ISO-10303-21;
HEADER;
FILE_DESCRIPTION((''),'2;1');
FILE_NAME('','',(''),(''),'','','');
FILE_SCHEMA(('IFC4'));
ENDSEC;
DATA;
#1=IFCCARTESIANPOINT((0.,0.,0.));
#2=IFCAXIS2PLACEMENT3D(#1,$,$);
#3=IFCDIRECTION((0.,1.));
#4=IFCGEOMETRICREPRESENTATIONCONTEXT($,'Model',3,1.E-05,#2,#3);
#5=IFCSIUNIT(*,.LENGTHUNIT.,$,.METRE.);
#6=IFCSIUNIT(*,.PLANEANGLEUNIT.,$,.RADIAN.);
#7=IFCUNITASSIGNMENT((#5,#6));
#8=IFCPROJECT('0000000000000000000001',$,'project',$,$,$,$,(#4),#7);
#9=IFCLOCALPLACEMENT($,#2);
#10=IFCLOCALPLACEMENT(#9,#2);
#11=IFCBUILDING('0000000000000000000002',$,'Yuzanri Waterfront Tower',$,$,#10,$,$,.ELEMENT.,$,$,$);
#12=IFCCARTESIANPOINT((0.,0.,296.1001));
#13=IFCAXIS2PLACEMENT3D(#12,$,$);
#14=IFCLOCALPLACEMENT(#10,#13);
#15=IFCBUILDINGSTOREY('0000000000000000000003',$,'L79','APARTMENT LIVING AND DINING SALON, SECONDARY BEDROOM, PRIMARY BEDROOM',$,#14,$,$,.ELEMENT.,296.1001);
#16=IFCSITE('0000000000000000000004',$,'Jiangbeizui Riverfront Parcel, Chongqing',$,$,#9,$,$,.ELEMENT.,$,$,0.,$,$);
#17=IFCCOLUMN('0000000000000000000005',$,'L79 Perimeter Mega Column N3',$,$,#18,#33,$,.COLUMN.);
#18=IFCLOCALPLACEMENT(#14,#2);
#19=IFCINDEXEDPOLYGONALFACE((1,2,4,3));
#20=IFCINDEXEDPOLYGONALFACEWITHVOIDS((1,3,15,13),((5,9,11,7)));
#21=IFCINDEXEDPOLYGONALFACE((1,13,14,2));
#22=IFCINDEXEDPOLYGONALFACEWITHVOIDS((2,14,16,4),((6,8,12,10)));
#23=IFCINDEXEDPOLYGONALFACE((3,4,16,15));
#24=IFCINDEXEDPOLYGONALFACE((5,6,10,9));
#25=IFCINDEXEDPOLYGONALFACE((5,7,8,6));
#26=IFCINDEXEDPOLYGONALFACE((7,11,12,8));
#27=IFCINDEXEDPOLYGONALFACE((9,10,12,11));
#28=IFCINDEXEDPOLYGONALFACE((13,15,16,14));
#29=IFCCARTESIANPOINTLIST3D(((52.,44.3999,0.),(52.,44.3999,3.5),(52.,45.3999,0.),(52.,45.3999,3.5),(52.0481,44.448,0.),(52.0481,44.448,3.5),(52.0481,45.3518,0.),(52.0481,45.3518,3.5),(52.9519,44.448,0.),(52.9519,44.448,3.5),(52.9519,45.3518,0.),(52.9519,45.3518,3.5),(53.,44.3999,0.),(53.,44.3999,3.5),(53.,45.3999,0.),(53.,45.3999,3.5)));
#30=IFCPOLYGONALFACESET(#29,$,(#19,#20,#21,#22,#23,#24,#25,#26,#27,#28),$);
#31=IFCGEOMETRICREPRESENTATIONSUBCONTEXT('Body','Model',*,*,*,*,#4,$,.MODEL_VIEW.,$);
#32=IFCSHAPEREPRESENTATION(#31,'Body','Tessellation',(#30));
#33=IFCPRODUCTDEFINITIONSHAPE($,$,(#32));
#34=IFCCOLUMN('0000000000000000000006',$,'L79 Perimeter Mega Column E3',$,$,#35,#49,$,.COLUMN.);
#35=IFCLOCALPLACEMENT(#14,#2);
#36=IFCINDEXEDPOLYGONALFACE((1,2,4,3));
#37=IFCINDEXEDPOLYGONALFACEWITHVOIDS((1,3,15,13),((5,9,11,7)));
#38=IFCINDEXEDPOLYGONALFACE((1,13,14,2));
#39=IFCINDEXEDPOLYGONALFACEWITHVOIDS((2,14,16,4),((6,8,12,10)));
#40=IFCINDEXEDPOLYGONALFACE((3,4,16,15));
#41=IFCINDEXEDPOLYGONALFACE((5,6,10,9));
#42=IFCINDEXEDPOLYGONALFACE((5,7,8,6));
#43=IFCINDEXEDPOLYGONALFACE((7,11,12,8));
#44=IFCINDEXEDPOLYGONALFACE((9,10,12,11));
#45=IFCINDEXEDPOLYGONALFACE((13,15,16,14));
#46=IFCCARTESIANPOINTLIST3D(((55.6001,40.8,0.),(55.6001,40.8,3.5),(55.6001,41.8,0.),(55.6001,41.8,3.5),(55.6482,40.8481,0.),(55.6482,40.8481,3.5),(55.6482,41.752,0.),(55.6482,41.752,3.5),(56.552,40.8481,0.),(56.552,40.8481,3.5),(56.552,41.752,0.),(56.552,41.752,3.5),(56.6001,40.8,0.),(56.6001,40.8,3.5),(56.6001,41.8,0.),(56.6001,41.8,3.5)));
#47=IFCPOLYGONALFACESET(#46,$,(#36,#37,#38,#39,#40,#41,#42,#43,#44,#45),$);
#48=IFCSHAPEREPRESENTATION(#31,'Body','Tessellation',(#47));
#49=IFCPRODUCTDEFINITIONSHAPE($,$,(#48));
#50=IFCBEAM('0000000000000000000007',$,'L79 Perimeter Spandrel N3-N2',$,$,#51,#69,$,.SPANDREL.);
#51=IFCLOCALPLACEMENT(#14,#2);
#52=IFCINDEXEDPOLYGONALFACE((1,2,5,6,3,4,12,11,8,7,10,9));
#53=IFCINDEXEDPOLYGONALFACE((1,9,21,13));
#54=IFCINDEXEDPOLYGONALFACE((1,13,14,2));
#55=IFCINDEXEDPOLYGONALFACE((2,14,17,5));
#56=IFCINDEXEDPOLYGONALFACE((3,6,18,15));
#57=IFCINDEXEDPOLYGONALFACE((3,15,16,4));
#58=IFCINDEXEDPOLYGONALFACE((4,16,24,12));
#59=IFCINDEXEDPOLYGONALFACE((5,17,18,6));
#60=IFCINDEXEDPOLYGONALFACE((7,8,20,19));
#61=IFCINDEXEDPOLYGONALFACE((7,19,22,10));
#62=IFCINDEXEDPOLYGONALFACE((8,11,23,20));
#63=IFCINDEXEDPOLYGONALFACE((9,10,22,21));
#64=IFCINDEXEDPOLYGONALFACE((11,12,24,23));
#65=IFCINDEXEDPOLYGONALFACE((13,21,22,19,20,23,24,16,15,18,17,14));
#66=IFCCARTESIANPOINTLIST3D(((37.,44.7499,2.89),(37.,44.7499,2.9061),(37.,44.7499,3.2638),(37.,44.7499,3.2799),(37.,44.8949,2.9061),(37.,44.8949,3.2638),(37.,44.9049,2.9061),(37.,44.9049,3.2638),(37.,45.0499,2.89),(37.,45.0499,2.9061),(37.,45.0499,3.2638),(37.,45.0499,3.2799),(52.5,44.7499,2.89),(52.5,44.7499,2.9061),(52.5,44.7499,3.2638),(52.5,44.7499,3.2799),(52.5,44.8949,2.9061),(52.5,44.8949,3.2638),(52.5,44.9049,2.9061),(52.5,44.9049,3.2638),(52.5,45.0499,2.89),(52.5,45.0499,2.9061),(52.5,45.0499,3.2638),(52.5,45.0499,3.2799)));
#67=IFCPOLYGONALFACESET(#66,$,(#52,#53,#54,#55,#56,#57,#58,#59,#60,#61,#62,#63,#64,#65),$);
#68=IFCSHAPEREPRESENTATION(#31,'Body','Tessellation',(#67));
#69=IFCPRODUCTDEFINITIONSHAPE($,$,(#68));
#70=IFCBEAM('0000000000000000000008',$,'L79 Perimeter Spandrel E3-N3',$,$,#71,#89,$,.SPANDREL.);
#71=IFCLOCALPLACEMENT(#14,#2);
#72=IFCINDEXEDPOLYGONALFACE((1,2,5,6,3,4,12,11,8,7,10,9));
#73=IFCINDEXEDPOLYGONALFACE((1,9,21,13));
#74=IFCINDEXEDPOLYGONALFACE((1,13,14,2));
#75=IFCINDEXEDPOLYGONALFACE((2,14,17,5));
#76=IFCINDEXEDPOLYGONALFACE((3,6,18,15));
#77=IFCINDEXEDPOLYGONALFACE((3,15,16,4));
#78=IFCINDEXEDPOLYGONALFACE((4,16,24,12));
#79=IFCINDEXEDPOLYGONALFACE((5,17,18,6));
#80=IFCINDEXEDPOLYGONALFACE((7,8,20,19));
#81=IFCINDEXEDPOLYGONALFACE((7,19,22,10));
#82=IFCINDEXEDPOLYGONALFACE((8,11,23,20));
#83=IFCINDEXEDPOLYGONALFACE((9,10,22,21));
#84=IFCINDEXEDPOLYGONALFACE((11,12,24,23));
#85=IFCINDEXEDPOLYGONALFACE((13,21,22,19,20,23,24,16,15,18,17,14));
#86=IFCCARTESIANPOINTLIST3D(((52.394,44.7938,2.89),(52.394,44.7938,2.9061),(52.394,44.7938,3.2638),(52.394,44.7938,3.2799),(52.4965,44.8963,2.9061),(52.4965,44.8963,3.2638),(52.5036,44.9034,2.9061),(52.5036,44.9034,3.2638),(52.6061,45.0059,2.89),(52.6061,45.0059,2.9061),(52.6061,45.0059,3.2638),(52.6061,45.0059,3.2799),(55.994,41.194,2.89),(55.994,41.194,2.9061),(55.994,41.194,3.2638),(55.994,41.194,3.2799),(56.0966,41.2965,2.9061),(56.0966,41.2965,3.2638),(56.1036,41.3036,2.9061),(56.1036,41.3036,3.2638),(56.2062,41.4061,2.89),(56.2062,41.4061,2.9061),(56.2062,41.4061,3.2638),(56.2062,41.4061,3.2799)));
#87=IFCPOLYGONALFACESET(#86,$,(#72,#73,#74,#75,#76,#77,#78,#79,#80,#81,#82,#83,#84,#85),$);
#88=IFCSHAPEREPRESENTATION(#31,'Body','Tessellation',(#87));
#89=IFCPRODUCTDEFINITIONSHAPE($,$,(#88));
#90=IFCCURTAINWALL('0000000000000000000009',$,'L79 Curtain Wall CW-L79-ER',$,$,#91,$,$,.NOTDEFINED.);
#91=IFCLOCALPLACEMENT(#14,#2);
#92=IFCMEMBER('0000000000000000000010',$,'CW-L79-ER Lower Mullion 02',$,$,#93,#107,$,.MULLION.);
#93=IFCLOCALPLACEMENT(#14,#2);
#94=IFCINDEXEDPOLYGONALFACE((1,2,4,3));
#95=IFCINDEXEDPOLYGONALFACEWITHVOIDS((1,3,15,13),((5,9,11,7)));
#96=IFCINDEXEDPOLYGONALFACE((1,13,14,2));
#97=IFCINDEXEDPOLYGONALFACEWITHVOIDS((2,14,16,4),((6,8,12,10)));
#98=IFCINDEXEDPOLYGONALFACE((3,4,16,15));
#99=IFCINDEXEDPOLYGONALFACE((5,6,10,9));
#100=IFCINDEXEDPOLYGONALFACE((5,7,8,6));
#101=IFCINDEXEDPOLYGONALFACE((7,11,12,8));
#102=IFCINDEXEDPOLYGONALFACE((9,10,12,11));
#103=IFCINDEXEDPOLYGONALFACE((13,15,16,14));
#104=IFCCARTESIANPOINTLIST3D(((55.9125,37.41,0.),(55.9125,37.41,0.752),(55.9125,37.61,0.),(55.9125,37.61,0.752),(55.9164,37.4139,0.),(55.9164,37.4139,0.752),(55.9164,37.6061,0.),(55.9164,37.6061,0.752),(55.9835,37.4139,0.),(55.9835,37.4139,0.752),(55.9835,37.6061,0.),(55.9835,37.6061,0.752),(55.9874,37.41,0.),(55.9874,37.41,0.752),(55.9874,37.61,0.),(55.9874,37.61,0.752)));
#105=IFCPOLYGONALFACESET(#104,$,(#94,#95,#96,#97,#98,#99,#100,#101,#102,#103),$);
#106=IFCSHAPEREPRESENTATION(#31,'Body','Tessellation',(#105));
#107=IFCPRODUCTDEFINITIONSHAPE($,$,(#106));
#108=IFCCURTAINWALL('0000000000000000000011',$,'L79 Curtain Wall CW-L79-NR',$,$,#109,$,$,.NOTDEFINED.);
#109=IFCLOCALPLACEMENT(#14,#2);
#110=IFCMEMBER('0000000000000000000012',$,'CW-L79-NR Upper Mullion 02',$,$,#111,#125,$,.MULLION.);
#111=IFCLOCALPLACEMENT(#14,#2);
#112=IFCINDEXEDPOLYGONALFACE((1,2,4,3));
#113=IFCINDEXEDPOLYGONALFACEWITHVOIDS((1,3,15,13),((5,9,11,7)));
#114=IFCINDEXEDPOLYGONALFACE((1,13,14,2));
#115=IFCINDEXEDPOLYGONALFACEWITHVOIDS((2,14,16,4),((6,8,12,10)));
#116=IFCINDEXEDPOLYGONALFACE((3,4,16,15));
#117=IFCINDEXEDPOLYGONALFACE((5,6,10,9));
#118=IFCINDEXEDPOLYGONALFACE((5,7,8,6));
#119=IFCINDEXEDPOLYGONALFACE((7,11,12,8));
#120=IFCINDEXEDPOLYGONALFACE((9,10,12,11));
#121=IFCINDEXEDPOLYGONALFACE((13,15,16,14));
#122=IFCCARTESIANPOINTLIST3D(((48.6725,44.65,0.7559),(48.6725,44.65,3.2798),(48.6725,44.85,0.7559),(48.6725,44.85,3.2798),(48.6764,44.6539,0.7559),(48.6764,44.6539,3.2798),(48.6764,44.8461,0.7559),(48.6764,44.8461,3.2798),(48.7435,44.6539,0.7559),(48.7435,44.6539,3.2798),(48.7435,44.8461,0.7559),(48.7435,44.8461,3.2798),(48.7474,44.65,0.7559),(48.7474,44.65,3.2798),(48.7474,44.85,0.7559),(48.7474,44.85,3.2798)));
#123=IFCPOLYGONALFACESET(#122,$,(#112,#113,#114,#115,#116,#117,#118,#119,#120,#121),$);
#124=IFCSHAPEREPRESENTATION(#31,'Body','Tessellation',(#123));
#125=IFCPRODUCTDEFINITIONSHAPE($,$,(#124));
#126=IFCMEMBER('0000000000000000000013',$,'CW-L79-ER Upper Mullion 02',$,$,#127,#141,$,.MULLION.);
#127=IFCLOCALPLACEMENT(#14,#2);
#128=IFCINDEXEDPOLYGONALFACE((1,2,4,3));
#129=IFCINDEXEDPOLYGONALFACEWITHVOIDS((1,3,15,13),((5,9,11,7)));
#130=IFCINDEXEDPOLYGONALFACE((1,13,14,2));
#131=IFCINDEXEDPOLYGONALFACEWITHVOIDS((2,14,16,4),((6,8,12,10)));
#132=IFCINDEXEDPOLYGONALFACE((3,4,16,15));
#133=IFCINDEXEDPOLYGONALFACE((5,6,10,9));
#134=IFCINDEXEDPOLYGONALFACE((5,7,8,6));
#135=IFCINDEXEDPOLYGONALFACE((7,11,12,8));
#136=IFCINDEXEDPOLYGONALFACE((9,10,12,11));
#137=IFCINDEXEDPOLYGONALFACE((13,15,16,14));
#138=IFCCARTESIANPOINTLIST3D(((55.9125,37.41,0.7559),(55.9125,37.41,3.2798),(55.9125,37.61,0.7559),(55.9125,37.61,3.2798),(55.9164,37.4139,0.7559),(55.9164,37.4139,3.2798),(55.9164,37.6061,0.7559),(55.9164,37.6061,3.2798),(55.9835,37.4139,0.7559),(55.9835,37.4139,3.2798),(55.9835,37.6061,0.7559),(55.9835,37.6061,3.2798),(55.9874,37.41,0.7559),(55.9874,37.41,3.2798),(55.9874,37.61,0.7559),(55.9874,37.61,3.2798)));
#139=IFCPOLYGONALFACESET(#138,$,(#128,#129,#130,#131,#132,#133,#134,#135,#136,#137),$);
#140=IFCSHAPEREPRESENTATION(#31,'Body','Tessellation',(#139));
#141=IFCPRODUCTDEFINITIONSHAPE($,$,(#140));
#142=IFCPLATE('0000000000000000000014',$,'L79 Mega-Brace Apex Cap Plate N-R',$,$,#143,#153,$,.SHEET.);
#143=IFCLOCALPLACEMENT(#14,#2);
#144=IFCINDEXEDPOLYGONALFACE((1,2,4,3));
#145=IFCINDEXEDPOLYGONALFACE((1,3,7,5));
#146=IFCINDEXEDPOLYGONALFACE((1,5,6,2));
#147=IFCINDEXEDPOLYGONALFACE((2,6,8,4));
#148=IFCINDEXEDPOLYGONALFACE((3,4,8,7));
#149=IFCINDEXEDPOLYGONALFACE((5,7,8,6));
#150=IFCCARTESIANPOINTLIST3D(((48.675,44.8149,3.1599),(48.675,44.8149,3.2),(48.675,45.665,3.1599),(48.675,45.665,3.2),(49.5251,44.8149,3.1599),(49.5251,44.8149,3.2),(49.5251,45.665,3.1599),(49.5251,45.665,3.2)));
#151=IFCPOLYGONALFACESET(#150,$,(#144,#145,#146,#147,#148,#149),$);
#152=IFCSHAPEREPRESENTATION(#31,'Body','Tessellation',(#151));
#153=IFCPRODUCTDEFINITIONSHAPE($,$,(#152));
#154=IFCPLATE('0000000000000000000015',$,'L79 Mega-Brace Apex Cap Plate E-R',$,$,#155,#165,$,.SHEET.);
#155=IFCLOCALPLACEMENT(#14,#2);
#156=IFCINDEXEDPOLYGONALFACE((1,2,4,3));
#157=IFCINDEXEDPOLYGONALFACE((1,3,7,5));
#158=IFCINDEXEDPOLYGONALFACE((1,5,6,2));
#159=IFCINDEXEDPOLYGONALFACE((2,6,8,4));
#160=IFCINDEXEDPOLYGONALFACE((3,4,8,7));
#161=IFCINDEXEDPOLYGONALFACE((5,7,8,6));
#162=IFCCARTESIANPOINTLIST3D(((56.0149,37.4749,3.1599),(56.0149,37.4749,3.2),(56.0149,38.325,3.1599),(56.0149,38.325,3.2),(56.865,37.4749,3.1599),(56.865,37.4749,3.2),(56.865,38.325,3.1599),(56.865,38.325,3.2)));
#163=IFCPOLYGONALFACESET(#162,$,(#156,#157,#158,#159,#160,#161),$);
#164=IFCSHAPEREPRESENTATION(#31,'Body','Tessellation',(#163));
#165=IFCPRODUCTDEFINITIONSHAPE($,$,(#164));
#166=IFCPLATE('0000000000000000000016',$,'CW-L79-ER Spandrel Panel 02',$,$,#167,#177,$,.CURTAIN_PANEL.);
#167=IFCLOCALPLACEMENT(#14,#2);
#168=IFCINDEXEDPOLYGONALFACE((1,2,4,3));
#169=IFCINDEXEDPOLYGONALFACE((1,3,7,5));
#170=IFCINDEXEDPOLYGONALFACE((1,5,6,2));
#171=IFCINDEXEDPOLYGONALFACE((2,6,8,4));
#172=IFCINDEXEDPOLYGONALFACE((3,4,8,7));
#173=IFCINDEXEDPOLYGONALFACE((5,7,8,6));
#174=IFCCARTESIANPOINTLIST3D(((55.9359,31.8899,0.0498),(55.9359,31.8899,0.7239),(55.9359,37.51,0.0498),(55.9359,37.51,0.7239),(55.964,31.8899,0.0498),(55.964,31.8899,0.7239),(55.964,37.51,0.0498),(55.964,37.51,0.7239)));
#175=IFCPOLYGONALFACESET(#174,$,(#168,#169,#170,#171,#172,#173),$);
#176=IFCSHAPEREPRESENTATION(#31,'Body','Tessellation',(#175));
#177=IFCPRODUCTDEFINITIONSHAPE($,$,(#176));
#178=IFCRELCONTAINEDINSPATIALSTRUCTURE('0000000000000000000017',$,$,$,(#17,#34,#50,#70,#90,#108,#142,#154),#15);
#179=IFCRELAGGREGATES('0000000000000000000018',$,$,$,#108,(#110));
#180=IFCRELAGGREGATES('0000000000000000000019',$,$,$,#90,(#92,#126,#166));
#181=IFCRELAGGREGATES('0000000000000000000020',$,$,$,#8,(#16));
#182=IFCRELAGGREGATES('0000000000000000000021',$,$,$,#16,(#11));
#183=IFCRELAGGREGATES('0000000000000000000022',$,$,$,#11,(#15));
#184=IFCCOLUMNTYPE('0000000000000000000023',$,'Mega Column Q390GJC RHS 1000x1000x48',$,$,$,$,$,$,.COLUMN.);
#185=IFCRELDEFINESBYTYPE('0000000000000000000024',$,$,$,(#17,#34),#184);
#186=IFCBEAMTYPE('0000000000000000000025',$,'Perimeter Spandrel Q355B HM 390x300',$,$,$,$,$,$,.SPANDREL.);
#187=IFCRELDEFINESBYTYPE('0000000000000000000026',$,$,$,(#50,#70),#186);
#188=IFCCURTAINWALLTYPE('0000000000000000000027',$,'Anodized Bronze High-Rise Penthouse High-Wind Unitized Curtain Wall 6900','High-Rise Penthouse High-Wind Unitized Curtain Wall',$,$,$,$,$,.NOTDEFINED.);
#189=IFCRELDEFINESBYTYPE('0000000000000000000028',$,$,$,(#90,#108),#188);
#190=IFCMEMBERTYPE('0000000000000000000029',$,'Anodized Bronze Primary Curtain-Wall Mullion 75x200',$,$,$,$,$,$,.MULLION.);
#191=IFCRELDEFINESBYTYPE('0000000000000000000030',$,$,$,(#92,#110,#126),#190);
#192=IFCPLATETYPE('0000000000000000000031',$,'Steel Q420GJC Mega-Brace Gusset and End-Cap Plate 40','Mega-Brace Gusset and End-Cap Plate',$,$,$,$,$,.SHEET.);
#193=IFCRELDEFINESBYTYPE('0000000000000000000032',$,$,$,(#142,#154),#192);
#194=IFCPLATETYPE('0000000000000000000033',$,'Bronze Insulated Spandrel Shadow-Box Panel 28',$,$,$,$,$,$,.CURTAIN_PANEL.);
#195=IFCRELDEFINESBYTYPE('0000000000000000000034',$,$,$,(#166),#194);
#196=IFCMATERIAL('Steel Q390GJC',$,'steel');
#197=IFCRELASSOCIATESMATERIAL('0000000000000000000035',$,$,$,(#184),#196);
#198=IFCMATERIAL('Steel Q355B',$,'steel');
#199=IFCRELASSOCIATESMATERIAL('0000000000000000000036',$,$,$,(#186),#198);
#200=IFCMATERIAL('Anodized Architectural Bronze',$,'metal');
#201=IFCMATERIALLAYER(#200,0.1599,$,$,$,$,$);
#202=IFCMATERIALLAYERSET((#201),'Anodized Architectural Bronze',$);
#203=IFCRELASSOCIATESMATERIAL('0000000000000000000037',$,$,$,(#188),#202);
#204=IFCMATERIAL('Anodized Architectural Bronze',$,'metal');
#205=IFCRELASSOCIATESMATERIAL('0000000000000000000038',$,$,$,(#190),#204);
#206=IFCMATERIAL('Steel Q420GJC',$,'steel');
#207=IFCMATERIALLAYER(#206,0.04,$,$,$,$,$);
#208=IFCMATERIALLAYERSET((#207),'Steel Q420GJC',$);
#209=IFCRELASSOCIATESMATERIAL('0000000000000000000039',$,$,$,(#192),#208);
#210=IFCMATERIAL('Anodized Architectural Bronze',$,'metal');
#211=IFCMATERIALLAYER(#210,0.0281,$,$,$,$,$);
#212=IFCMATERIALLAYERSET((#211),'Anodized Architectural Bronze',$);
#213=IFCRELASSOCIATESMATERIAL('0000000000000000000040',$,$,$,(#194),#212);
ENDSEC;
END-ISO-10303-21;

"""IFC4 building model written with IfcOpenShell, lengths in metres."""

from ifc_helpers import new_model, si_unit, direction, frame, origin, origin_2d, place, context, subcontext, project, spatial, rectangle, hollow_rectangle, i_section, extrude, source, transform, mapped, material, layer, layer_set, material_profile, profile_set, type_object, element, aggregate, save


model = new_model("IFC4")

# Units and contexts
model_context = context("Model", 3, precision=1e-05, world=origin(), true_north=direction((0.0, 1.0)))
body_context = subcontext(model_context, "Body", "Model", "MODEL_VIEW")
ifc_project = project(units=[si_unit("LENGTHUNIT", "METRE"), si_unit("PLANEANGLEUNIT", "RADIAN")], contexts=[model_context])

# Site, building, storey
site_placement = place(None, origin())
site = spatial("IfcSite", under=ifc_project, at=site_placement, Name="Jiangbeizui Riverfront Parcel, Chongqing", CompositionType="ELEMENT", RefElevation=0.0)
building_placement = place(site_placement, origin())
building = spatial("IfcBuilding", under=site, at=building_placement, Name="Yuzanri Waterfront Tower", CompositionType="ELEMENT")
storey_placement = place(building_placement, frame((0.0, 0.0, 296.1001)))
storey = spatial("IfcBuildingStorey", under=building, at=storey_placement, Name="L79", Description="APARTMENT LIVING AND DINING SALON, SECONDARY BEDROOM, PRIMARY BEDROOM", CompositionType="ELEMENT", Elevation=296.1001)

# Columns
ifc_material_1 = material(Name="Steel Q390GJC", Category="steel")
ifc_material_profile_1 = material_profile(ifc_material_1, hollow_rectangle(XDim=1.0, YDim=1.0, WallThickness=0.0481, at=origin_2d()), Name="RHS 1000x1000x48")
ifc_profile_set_1 = profile_set([ifc_material_profile_1], Name="Steel Q390GJC")
column_type = type_object("IfcColumnType", Name="Mega Column Q390GJC RHS 1000x1000x48", PredefinedType="COLUMN", material=ifc_profile_set_1)
shared_shape_1 = source(origin(), body_context, "Body", "SweptSolid", [
    extrude(hollow_rectangle(XDim=1.0, YDim=1.0, WallThickness=0.0481, at=origin_2d()), origin(), (0.0, 0.0, 1.0), 3.5),
])
for number, where, z_axis, x_axis, name in (
    (1, (52.5, 44.8999, 0.0), (0.0, 0.0, 1.0), (1.0, 0.0, 0.0), "L79 Perimeter Mega Column N3"),
    (2, (56.1001, 41.3, 0.0), (0.0, 0.0, 1.0), (1.0, 0.0, 0.0), "L79 Perimeter Mega Column E3"),
):
    element("IfcColumn", number, at=place(storey_placement, frame(where, z_axis=z_axis, x_axis=x_axis)), inside=storey, type_object=column_type, Name=name, PredefinedType="COLUMN", context=body_context, shape_type="MappedRepresentation", body=[
        mapped(shared_shape_1, transform((0.0, 0.0, 0.0), scale=1.0)),
    ])

# Beams
ifc_material_2 = material(Name="Steel Q355B", Category="steel")
ifc_material_profile_2 = material_profile(ifc_material_2, i_section(OverallWidth=0.3, OverallDepth=0.3899, WebThickness=0.01, FlangeThickness=0.0161, at=origin_2d()), Name="HM 390x300x10x16")
ifc_profile_set_2 = profile_set([ifc_material_profile_2], Name="Steel Q355B")
beam_type = type_object("IfcBeamType", Name="Perimeter Spandrel Q355B HM 390x300", PredefinedType="SPANDREL", material=ifc_profile_set_2)
shared_shape_2 = source(origin(), body_context, "Body", "SweptSolid", [
    extrude(i_section(OverallWidth=0.3, OverallDepth=0.3899, WebThickness=0.01, FlangeThickness=0.0161, at=origin_2d()), origin(), (0.0, 0.0, 1.0), 15.5),
])
beam_1_placement = place(storey_placement, frame((52.5, 44.8999, 3.085), z_axis=(-1.0, 0.0, 0.0), x_axis=(0.0, -1.0, 0.0)))
element("IfcBeam", 3, at=beam_1_placement, inside=storey, type_object=beam_type, Name="L79 Perimeter Spandrel N3-N2", PredefinedType="SPANDREL", context=body_context, shape_type="MappedRepresentation", body=[
    mapped(shared_shape_2, transform((0.0, 0.0, 0.0), scale=1.0)),
])
shared_shape_3 = source(origin(), body_context, "Body", "SweptSolid", [
    extrude(i_section(OverallWidth=0.3, OverallDepth=0.3899, WebThickness=0.01, FlangeThickness=0.0161, at=origin_2d()), origin(), (0.0, 0.0, 1.0), 5.0911),
])
beam_2_placement = place(storey_placement, frame((56.1001, 41.3, 3.085), z_axis=(-0.707131, 0.707083, 0.0), x_axis=(-0.707083, -0.707131, 0.0)))
element("IfcBeam", 4, at=beam_2_placement, inside=storey, type_object=beam_type, Name="L79 Perimeter Spandrel E3-N3", PredefinedType="SPANDREL", context=body_context, shape_type="MappedRepresentation", body=[
    mapped(shared_shape_3, transform((0.0, 0.0, 0.0), scale=1.0)),
])

# Curtain walls, members
ifc_material_3 = material(Name="Anodized Architectural Bronze", Category="metal")
ifc_layer_1 = layer(ifc_material_3, 0.1599)
ifc_layer_set_1 = layer_set([ifc_layer_1], Name="Anodized Architectural Bronze")
curtain_wall_type = type_object("IfcCurtainWallType", Name="Anodized Bronze High-Rise Penthouse High-Wind Unitized Curtain Wall 6900", Description="High-Rise Penthouse High-Wind Unitized Curtain Wall", PredefinedType="NOTDEFINED", material=ifc_layer_set_1)
curtain_wall_1_placement = place(storey_placement, origin())
curtain_wall_1 = element("IfcCurtainWall", 5, at=curtain_wall_1_placement, inside=storey, type_object=curtain_wall_type, Name="L79 Curtain Wall CW-L79-ER", PredefinedType="NOTDEFINED")
ifc_material_4 = material(Name="Anodized Architectural Bronze", Category="metal")
ifc_material_profile_3 = material_profile(ifc_material_4, hollow_rectangle(XDim=0.075, YDim=0.2, WallThickness=0.0039, at=origin_2d()), Name="CWM 75x200")
ifc_profile_set_3 = profile_set([ifc_material_profile_3], Name="Anodized Architectural Bronze")
member_type = type_object("IfcMemberType", Name="Anodized Bronze Primary Curtain-Wall Mullion 75x200", PredefinedType="MULLION", material=ifc_profile_set_3)
shared_shape_4 = source(origin(), body_context, "Body", "SweptSolid", [
    extrude(hollow_rectangle(XDim=0.075, YDim=0.2, WallThickness=0.0039, at=origin_2d()), origin(), (0.0, 0.0, 1.0), 0.752),
])
member_1_placement = place(storey_placement, frame((55.95, 37.51, 0.0), z_axis=(0.0, 0.0, 1.0), x_axis=(1.0, 0.0, 0.0)))
member_1 = element("IfcMember", 6, at=member_1_placement, type_object=member_type, Name="CW-L79-ER Lower Mullion 02", PredefinedType="MULLION", context=body_context, shape_type="MappedRepresentation", body=[
    mapped(shared_shape_4, transform((0.0, 0.0, 0.0), scale=1.0)),
])
curtain_wall_2_placement = place(storey_placement, origin())
curtain_wall_2 = element("IfcCurtainWall", 7, at=curtain_wall_2_placement, inside=storey, type_object=curtain_wall_type, Name="L79 Curtain Wall CW-L79-NR", PredefinedType="NOTDEFINED")
shared_shape_5 = source(origin(), body_context, "Body", "SweptSolid", [
    extrude(hollow_rectangle(XDim=0.075, YDim=0.2, WallThickness=0.0039, at=origin_2d()), origin(), (0.0, 0.0, 1.0), 2.5239),
])
member_2_placement = place(storey_placement, frame((48.71, 44.75, 0.7559), z_axis=(0.0, 0.0, 1.0), x_axis=(1.0, 0.0, 0.0)))
member_2 = element("IfcMember", 8, at=member_2_placement, type_object=member_type, Name="CW-L79-NR Upper Mullion 02", PredefinedType="MULLION", context=body_context, shape_type="MappedRepresentation", body=[
    mapped(shared_shape_5, transform((0.0, 0.0, 0.0), scale=1.0)),
])
aggregate(curtain_wall_2, [member_2])

# Member
member_3_placement = place(storey_placement, frame((55.95, 37.51, 0.7559), z_axis=(0.0, 0.0, 1.0), x_axis=(1.0, 0.0, 0.0)))
member_3 = element("IfcMember", 9, at=member_3_placement, type_object=member_type, Name="CW-L79-ER Upper Mullion 02", PredefinedType="MULLION", context=body_context, shape_type="MappedRepresentation", body=[
    mapped(shared_shape_5, transform((0.0, 0.0, 0.0), scale=1.0)),
])

# Plates
ifc_material_5 = material(Name="Steel Q420GJC", Category="steel")
ifc_layer_2 = layer(ifc_material_5, 0.04)
ifc_layer_set_2 = layer_set([ifc_layer_2], Name="Steel Q420GJC")
plate_type_1 = type_object("IfcPlateType", Name="Steel Q420GJC Mega-Brace Gusset and End-Cap Plate 40", Description="Mega-Brace Gusset and End-Cap Plate", PredefinedType="SHEET", material=ifc_layer_set_2)
shared_shape_6 = source(origin(), body_context, "Body", "SweptSolid", [
    extrude(rectangle(XDim=0.8501, YDim=0.8501, at=origin_2d()), origin(), (0.0, 0.0, 1.0), 0.04),
])
for number, where, z_axis, x_axis, name in (
    (10, (49.1001, 45.24, 3.1599), (0.0, 0.0, 1.0), (1.0, 0.0, 0.0), "L79 Mega-Brace Apex Cap Plate N-R"),
    (11, (56.4399, 37.8999, 3.1599), (0.0, 0.0, 1.0), (1.0, 0.0, 0.0), "L79 Mega-Brace Apex Cap Plate E-R"),
):
    element("IfcPlate", number, at=place(storey_placement, frame(where, z_axis=z_axis, x_axis=x_axis)), inside=storey, type_object=plate_type_1, Name=name, PredefinedType="SHEET", context=body_context, shape_type="MappedRepresentation", body=[
        mapped(shared_shape_6, transform((0.0, 0.0, 0.0), scale=1.0)),
    ])

# Plate
ifc_material_6 = material(Name="Anodized Architectural Bronze", Category="metal")
ifc_layer_3 = layer(ifc_material_6, 0.0281)
ifc_layer_set_3 = layer_set([ifc_layer_3], Name="Anodized Architectural Bronze")
plate_type_2 = type_object("IfcPlateType", Name="Bronze Insulated Spandrel Shadow-Box Panel 28", PredefinedType="CURTAIN_PANEL", material=ifc_layer_set_3)
shared_shape_7 = source(origin(), body_context, "Body", "SweptSolid", [
    extrude(rectangle(XDim=5.6201, YDim=0.0281, at=origin_2d()), origin(), (0.0, 0.0, 1.0), 0.6741),
])
plate_1_placement = place(storey_placement, frame((55.95, 34.7, 0.0498), z_axis=(0.0, 0.0, 1.0), x_axis=(0.0, 1.0, 0.0)))
plate_1 = element("IfcPlate", 12, at=plate_1_placement, type_object=plate_type_2, Name="CW-L79-ER Spandrel Panel 02", PredefinedType="CURTAIN_PANEL", context=body_context, shape_type="MappedRepresentation", body=[
    mapped(shared_shape_7, transform((0.0, 0.0, 0.0), scale=1.0)),
])
aggregate(curtain_wall_1, [member_1, member_3, plate_1])

save(model, "model.ifc")
